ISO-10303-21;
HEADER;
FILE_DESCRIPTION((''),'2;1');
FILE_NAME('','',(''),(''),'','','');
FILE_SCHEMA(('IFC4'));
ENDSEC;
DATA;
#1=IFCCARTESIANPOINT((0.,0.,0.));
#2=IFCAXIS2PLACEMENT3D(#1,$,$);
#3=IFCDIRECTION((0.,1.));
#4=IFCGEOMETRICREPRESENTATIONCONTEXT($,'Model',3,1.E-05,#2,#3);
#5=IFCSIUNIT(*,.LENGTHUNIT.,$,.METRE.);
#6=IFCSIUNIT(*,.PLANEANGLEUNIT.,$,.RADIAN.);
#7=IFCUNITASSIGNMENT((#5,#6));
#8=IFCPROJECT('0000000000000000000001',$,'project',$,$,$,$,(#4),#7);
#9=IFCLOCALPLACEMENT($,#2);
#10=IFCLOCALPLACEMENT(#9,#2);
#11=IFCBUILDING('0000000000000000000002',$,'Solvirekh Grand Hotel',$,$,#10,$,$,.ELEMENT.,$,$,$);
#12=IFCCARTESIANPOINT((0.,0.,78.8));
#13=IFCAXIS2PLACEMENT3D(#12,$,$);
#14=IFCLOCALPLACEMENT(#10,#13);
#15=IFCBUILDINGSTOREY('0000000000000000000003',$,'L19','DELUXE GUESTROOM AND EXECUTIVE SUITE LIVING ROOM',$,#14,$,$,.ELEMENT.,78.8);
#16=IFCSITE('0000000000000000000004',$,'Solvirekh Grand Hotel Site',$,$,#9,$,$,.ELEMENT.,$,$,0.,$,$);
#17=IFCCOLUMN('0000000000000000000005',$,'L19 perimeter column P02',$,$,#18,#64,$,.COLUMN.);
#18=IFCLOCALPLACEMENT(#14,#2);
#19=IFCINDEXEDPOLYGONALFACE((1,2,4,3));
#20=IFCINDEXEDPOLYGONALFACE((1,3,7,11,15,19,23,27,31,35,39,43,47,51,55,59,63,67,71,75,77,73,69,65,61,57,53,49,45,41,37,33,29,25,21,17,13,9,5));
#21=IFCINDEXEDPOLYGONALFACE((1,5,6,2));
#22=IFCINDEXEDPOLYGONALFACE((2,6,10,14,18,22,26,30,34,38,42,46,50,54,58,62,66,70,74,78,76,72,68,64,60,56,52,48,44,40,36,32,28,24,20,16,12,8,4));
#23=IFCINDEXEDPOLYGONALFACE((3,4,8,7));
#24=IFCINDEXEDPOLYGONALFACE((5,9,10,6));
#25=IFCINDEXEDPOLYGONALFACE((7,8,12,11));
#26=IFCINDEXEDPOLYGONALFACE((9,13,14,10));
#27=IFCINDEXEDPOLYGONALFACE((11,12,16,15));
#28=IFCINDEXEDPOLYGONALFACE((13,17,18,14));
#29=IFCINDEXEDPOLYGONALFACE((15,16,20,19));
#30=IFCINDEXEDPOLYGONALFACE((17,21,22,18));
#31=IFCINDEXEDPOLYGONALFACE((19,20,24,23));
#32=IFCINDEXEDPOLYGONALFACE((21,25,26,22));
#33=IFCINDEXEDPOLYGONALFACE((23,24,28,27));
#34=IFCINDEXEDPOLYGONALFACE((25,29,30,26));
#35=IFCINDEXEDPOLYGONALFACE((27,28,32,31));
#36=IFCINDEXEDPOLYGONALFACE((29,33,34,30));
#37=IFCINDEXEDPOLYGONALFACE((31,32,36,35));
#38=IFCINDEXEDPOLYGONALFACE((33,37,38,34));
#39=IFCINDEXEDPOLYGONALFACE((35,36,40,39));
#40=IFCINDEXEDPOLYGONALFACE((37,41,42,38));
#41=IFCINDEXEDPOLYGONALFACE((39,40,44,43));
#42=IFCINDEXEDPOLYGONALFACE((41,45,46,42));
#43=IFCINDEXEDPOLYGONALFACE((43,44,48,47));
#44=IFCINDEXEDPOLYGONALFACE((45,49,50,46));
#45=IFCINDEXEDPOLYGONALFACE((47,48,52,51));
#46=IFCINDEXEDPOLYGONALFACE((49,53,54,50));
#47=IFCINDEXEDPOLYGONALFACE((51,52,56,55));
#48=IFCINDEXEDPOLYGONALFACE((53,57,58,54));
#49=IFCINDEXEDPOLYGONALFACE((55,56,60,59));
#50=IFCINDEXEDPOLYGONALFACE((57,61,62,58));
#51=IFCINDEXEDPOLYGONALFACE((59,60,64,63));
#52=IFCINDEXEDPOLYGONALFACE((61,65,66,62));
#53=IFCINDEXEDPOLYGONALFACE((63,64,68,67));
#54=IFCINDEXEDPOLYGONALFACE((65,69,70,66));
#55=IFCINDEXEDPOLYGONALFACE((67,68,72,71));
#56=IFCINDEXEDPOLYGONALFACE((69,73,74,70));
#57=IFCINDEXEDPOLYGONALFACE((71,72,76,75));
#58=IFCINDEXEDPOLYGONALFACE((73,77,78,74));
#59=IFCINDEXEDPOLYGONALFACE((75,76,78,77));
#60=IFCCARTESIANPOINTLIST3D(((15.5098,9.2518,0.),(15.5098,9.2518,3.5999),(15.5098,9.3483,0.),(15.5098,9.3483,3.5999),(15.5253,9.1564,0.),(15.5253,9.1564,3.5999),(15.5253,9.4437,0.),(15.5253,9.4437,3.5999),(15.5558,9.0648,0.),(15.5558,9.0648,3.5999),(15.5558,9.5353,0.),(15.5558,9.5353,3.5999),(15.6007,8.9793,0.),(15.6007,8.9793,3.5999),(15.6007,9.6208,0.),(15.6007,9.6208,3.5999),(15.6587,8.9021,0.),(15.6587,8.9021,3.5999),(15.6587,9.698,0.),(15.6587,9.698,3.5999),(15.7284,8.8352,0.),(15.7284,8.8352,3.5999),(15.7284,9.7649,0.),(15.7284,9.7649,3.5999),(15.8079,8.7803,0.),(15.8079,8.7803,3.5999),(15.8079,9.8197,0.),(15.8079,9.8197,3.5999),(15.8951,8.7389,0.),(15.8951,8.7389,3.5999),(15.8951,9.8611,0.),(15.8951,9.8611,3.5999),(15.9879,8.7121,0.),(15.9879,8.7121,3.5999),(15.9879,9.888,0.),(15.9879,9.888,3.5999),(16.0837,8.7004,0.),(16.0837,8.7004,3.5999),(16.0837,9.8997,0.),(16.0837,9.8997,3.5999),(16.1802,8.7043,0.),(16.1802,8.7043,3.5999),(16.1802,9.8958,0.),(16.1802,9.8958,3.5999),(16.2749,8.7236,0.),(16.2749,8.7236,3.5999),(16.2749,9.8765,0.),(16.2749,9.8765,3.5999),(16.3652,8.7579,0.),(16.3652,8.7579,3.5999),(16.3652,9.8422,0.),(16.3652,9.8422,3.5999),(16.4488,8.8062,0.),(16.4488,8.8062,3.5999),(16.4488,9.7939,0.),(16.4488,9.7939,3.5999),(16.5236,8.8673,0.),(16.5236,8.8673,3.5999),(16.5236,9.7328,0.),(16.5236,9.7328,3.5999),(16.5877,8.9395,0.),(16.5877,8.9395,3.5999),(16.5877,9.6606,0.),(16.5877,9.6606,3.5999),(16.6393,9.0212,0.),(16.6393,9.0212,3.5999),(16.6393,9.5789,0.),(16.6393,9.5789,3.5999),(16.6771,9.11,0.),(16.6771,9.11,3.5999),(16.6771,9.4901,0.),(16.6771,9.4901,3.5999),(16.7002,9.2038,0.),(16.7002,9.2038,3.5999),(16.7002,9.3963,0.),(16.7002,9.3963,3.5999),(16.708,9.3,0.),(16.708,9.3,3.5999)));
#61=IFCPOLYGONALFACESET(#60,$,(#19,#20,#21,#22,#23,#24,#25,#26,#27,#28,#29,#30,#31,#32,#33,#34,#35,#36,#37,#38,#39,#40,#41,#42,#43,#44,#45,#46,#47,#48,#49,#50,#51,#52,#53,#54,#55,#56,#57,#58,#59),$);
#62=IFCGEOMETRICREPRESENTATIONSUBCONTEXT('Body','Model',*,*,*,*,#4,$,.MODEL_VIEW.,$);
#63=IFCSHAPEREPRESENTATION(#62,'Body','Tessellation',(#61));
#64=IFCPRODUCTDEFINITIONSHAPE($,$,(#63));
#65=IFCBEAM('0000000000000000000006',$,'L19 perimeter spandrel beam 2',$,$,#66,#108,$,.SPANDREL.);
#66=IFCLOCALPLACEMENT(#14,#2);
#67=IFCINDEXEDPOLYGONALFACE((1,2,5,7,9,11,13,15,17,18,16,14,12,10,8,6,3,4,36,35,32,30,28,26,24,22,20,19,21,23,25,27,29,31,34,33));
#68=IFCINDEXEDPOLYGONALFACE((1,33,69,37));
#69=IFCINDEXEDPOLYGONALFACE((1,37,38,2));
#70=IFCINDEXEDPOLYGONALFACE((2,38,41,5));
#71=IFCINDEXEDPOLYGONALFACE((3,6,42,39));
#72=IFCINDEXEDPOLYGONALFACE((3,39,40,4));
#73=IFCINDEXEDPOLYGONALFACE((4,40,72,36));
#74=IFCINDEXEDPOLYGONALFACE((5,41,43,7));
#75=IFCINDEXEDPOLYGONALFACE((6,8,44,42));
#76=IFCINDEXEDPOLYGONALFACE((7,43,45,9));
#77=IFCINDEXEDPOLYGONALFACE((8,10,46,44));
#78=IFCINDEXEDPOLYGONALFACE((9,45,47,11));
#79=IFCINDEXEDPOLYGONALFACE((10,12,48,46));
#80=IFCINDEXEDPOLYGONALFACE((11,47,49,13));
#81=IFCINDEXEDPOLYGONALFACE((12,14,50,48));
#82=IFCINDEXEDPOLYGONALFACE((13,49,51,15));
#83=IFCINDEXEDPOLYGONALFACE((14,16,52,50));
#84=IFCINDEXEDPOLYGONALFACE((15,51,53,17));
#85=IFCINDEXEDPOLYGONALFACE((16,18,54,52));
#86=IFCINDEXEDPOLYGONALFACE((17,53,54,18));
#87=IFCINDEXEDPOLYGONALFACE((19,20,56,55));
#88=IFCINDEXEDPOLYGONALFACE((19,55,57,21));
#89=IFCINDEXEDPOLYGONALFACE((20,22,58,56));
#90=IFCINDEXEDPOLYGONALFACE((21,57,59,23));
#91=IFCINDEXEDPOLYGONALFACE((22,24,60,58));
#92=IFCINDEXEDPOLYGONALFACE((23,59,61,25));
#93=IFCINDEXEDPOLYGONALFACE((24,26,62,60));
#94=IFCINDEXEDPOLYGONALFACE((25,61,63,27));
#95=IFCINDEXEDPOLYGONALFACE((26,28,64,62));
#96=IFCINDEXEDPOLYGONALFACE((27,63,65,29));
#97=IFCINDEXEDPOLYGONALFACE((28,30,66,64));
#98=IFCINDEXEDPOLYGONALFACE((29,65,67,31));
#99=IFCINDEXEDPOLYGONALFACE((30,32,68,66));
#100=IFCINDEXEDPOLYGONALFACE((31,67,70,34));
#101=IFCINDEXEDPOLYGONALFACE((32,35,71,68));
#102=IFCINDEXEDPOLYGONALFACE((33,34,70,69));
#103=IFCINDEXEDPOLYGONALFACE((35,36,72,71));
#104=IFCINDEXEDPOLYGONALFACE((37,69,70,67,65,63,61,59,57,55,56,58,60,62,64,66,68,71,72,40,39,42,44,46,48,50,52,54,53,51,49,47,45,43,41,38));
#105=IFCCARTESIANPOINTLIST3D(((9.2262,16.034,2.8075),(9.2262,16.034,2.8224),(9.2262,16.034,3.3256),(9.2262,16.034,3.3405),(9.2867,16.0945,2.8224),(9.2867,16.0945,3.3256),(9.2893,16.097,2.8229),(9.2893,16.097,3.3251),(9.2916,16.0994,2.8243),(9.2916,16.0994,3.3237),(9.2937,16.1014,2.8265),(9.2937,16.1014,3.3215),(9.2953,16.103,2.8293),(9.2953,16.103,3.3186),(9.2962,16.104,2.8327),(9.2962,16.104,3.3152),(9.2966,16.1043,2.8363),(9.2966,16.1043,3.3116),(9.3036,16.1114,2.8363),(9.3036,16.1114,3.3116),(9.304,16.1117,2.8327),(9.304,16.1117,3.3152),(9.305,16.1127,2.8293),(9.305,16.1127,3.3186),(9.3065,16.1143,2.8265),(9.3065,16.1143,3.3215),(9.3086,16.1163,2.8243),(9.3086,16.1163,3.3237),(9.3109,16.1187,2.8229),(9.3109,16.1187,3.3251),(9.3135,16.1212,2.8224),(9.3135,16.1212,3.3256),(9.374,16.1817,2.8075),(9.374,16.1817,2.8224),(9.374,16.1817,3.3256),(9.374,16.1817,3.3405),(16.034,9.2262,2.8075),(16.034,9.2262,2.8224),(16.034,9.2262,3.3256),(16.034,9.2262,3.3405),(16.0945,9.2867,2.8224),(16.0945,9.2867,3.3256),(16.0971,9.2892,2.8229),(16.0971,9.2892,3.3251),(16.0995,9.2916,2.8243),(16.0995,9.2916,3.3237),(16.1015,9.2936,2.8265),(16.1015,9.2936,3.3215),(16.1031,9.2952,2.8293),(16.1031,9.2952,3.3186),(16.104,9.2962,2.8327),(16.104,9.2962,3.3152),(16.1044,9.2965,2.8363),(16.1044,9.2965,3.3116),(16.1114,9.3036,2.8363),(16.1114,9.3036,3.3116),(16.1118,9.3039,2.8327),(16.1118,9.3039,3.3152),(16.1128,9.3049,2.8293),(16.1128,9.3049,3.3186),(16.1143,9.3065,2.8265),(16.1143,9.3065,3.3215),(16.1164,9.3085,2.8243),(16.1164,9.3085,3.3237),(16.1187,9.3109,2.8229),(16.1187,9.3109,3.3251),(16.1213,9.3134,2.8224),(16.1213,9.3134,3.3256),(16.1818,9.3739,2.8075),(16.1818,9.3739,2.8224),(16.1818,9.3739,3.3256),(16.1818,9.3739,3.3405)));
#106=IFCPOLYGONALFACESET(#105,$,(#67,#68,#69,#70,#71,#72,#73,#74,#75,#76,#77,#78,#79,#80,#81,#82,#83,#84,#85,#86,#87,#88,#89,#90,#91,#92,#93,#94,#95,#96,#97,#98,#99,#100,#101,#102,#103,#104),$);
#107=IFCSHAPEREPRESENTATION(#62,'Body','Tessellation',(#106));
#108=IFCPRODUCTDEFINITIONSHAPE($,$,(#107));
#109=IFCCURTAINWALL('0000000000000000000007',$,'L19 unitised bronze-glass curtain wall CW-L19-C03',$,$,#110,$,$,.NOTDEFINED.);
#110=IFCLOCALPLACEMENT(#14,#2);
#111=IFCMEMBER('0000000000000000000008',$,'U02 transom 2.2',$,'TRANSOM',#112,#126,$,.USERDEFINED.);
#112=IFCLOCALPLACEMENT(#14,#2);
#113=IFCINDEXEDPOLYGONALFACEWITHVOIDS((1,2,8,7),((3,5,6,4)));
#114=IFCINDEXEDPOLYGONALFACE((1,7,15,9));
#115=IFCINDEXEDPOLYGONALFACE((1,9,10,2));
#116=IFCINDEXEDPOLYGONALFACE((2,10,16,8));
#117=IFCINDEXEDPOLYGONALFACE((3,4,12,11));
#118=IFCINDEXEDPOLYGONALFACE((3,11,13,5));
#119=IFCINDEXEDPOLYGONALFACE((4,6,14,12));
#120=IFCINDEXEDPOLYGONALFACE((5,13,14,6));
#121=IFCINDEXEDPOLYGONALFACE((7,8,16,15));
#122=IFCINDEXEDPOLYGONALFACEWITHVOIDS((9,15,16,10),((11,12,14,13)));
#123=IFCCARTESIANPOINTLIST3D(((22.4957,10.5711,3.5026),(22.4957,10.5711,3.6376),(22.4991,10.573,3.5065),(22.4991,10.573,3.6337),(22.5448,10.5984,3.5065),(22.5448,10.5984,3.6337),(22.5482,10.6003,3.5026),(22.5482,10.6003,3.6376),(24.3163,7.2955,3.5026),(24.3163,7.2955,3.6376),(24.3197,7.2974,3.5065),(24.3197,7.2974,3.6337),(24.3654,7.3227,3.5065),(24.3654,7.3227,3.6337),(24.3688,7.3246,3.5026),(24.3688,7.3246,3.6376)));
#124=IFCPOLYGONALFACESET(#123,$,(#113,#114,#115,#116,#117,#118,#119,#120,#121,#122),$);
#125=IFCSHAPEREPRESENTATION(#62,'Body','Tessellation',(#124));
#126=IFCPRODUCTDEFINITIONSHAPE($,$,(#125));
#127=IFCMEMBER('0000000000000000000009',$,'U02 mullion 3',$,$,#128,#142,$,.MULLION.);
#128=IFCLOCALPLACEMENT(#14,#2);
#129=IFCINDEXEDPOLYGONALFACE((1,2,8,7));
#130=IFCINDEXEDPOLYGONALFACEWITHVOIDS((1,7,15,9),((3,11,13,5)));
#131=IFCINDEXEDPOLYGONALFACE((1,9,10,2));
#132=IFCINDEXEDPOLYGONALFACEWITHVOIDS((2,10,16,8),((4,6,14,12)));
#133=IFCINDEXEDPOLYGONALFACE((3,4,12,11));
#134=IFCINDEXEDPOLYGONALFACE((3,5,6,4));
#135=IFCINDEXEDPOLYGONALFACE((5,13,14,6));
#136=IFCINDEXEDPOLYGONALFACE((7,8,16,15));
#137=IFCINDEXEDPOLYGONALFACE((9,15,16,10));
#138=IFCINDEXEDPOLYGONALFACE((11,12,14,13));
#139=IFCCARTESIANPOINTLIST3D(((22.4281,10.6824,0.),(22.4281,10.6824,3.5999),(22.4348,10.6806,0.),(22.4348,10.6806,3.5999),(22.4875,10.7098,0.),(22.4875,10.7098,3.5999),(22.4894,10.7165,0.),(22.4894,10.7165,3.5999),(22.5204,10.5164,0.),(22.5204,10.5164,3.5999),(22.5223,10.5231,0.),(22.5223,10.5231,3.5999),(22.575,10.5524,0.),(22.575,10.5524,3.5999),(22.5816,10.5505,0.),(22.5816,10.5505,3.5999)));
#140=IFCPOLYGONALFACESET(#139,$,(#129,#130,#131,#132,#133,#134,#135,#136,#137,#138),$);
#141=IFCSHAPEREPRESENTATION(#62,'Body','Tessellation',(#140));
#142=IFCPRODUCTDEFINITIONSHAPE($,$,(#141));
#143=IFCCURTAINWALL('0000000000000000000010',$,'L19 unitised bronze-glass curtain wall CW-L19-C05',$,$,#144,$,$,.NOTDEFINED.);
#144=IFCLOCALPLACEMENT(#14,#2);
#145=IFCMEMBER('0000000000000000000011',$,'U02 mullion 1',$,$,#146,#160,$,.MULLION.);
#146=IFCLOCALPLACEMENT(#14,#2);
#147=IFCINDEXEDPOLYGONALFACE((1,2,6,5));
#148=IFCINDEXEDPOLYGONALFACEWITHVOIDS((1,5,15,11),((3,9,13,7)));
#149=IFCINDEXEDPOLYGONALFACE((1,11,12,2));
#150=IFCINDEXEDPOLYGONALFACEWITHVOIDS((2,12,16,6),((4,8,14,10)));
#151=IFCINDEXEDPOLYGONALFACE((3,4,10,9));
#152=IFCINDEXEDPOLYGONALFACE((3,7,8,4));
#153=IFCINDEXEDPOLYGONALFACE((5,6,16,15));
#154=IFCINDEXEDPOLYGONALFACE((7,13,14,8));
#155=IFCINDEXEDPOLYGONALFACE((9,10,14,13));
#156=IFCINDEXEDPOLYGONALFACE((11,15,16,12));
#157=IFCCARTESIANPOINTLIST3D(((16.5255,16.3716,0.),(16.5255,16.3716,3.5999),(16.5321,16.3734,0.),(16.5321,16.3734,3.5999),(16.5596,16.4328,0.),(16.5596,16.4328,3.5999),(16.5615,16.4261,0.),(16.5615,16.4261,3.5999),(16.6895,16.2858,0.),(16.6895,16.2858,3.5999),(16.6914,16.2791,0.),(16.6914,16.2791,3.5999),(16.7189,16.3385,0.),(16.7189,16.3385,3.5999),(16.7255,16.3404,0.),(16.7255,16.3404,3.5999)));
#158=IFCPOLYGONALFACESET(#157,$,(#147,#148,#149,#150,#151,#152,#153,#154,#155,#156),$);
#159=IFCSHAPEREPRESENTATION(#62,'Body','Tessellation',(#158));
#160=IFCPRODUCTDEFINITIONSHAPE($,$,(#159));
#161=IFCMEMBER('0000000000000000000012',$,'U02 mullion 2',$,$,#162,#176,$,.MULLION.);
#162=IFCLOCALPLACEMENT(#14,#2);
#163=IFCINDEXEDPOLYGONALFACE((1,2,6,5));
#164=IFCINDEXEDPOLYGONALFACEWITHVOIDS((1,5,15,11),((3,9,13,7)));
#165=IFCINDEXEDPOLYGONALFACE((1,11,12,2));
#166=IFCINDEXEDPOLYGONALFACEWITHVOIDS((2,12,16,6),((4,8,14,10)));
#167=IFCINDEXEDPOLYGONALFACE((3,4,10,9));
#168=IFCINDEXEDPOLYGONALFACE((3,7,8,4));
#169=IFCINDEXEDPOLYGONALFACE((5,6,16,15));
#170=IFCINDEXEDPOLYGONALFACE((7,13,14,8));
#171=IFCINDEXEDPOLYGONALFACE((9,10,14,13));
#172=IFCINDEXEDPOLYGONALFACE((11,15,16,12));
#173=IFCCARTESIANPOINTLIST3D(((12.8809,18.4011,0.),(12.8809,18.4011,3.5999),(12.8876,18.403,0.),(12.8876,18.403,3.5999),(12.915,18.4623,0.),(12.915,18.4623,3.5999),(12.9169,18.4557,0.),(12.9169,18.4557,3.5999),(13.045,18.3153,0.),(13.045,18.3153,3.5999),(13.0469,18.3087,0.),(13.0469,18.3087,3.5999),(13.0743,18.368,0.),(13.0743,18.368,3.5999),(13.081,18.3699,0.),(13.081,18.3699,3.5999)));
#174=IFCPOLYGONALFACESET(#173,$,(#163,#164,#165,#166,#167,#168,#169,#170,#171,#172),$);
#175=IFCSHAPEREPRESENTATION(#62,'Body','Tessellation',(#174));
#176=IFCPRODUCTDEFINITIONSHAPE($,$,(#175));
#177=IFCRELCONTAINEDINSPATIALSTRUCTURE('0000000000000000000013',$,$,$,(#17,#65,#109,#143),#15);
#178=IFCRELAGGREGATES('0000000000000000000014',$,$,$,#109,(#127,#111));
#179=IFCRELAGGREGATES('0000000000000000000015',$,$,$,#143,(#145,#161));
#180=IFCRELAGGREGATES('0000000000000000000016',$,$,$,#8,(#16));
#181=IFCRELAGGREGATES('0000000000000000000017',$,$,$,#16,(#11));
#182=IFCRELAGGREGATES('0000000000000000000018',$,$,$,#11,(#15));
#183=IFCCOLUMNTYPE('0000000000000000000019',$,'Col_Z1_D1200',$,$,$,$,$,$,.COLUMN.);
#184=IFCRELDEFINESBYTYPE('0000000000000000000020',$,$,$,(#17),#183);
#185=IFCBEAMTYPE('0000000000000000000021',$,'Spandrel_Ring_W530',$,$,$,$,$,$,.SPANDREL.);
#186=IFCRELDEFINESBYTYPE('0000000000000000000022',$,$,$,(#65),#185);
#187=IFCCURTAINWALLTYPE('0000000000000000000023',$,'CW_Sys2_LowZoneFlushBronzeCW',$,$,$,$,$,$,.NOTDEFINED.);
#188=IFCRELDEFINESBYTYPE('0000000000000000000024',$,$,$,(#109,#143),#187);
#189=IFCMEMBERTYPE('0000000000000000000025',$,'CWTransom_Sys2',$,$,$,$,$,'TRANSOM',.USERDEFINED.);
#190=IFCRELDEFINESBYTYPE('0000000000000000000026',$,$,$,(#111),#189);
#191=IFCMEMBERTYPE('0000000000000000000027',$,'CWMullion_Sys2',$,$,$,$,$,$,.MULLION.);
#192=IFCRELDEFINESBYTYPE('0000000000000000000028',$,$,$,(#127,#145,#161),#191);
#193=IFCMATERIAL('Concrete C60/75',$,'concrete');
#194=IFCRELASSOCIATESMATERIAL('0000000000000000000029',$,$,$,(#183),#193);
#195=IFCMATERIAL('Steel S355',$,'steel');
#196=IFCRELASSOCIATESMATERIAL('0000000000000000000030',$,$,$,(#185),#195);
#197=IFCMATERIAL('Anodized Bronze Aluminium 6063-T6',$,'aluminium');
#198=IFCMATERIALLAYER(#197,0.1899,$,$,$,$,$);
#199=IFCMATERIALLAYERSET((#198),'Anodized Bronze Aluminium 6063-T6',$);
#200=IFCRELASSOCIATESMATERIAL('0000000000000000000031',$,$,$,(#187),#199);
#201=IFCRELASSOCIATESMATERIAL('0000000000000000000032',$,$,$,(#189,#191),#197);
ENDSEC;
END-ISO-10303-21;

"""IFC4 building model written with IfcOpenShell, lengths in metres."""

from ifc_helpers import new_model, si_unit, direction, frame, origin, origin_2d, place, context, subcontext, project, spatial, hollow_rectangle, circle, i_section, extrude, source, transform, mapped, material, layer, layer_set, material_profile, profile_set, type_object, element, aggregate, save


model = new_model("IFC4")

# Units and contexts
model_context = context("Model", 3, precision=1e-05, world=origin(), true_north=direction((0.0, 1.0)))
body_context = subcontext(model_context, "Body", "Model", "MODEL_VIEW")
ifc_project = project(units=[si_unit("LENGTHUNIT", "METRE"), si_unit("PLANEANGLEUNIT", "RADIAN")], contexts=[model_context])

# Site, building, storey
site_placement = place(None, origin())
site = spatial("IfcSite", under=ifc_project, at=site_placement, Name="Solvirekh Grand Hotel Site", CompositionType="ELEMENT", RefElevation=0.0)
building_placement = place(site_placement, origin())
building = spatial("IfcBuilding", under=site, at=building_placement, Name="Solvirekh Grand Hotel", CompositionType="ELEMENT")
storey_placement = place(building_placement, frame((0.0, 0.0, 78.8)))
storey = spatial("IfcBuildingStorey", under=building, at=storey_placement, Name="L19", Description="DELUXE GUESTROOM AND EXECUTIVE SUITE LIVING ROOM", CompositionType="ELEMENT", Elevation=78.8)

# Column
ifc_material_1 = material(Name="Concrete C60/75", Category="concrete")
ifc_material_profile_1 = material_profile(ifc_material_1, circle(Radius=0.6001, at=origin_2d()), Name="RC CIRC D1200")
ifc_profile_set_1 = profile_set([ifc_material_profile_1], Name="Concrete C60/75")
column_type = type_object("IfcColumnType", Name="Col_Z1_D1200", PredefinedType="COLUMN", material=ifc_profile_set_1)
column_placement = place(storey_placement, frame((16.1079, 9.3, 0.0), z_axis=(0.0, 0.0, 1.0), x_axis=(1.0, 0.0, 0.0)))
element("IfcColumn", 1, at=column_placement, inside=storey, type_object=column_type, Name="L19 perimeter column P02", PredefinedType="COLUMN", context=body_context, shape_type="SweptSolid", body=[
    extrude(circle(Radius=0.6001, at=origin_2d()), origin(), (0.0, 0.0, 1.0), 3.5999),
])

# Beam
ifc_material_2 = material(Name="Steel S355", Category="steel")
ifc_material_profile_2 = material_profile(ifc_material_2, i_section(OverallWidth=0.209, OverallDepth=0.533, WebThickness=0.01, FlangeThickness=0.0149, FilletRadius=0.0139, at=origin_2d()), Name="W530X92")
ifc_profile_set_2 = profile_set([ifc_material_profile_2], Name="Steel S355")
beam_type = type_object("IfcBeamType", Name="Spandrel_Ring_W530", PredefinedType="SPANDREL", material=ifc_profile_set_2)
beam_placement = place(storey_placement, frame((16.1079, 9.3, 3.074), z_axis=(-0.707107, 0.707107, 0.0), x_axis=(-0.707107, -0.707107, 0.0)))
element("IfcBeam", 2, at=beam_placement, inside=storey, type_object=beam_type, Name="L19 perimeter spandrel beam 2", PredefinedType="SPANDREL", context=body_context, shape_type="SweptSolid", body=[
    extrude(i_section(OverallWidth=0.209, OverallDepth=0.533, WebThickness=0.01, FlangeThickness=0.0149, FilletRadius=0.0139, at=origin_2d()), origin(), (0.0, 0.0, 1.0), 9.6277),
])

# Curtain walls, members
ifc_material_3 = material(Name="Anodized Bronze Aluminium 6063-T6", Category="aluminium")
ifc_layer_1 = layer(ifc_material_3, 0.1899)
ifc_layer_set_1 = layer_set([ifc_layer_1], Name="Anodized Bronze Aluminium 6063-T6")
curtain_wall_type = type_object("IfcCurtainWallType", Name="CW_Sys2_LowZoneFlushBronzeCW", PredefinedType="NOTDEFINED", material=ifc_layer_set_1)
curtain_wall_1_placement = place(storey_placement, origin())
curtain_wall_1 = element("IfcCurtainWall", 3, at=curtain_wall_1_placement, inside=storey, type_object=curtain_wall_type, Name="L19 unitised bronze-glass curtain wall CW-L19-C03", PredefinedType="NOTDEFINED")
ifc_material_profile_3 = material_profile(ifc_material_3, hollow_rectangle(XDim=0.0601, YDim=0.135, WallThickness=0.0039, at=origin_2d()), Name="ALU RHS 135X60X4")
ifc_profile_set_3 = profile_set([ifc_material_profile_3], Name="Anodized Bronze Aluminium 6063-T6")
member_type_1 = type_object("IfcMemberType", Name="CWTransom_Sys2", ElementType="TRANSOM", PredefinedType="USERDEFINED", material=ifc_profile_set_3)
shared_shape_1 = source(origin(), body_context, "Body", "SweptSolid", [
    extrude(hollow_rectangle(XDim=0.0601, YDim=0.135, WallThickness=0.0039, at=origin_2d()), origin(), (0.0, 0.0, 1.0), 3.7476),
])
member_1_placement = place(storey_placement, frame((24.3425, 7.3101, 3.5701), z_axis=(-0.485798, 0.874071, 0.0), x_axis=(-0.874071, -0.485798, 0.0)))
member_1 = element("IfcMember", 4, at=member_1_placement, type_object=member_type_1, Name="U02 transom 2.2", ObjectType="TRANSOM", PredefinedType="USERDEFINED", context=body_context, shape_type="MappedRepresentation", body=[
    mapped(shared_shape_1, transform((0.0, 0.0, 0.0), x_axis=(1.0, 0.0, 0.0), y_axis=(0.0, 1.0, 0.0), z_axis=(0.0, 0.0, 1.0), scale=1.0)),
])
ifc_material_profile_4 = material_profile(ifc_material_3, hollow_rectangle(XDim=0.0701, YDim=0.1899, WallThickness=0.0049, at=origin_2d()), Name="ALU RHS 190X70X5")
ifc_profile_set_4 = profile_set([ifc_material_profile_4], Name="Anodized Bronze Aluminium 6063-T6")
member_type_2 = type_object("IfcMemberType", Name="CWMullion_Sys2", PredefinedType="MULLION", material=ifc_profile_set_4)
shared_shape_2 = source(origin(), body_context, "Body", "SweptSolid", [
    extrude(hollow_rectangle(XDim=0.0701, YDim=0.1899, WallThickness=0.0049, at=origin_2d()), origin(), (0.0, 0.0, 1.0), 3.5999),
])
member_2_placement = place(storey_placement, frame((22.5049, 10.6165, 0.0), z_axis=(0.0, 0.0, 1.0), x_axis=(-0.874084, -0.485775, 0.0)))
member_2 = element("IfcMember", 5, at=member_2_placement, type_object=member_type_2, Name="U02 mullion 3", PredefinedType="MULLION", context=body_context, shape_type="MappedRepresentation", body=[
    mapped(shared_shape_2, transform((0.0, 0.0, 0.0), x_axis=(1.0, 0.0, 0.0), y_axis=(0.0, 1.0, 0.0), z_axis=(0.0, 0.0, 1.0), scale=1.0)),
])
curtain_wall_2_placement = place(storey_placement, origin())
curtain_wall_2 = element("IfcCurtainWall", 6, at=curtain_wall_2_placement, inside=storey, type_object=curtain_wall_type, Name="L19 unitised bronze-glass curtain wall CW-L19-C05", PredefinedType="NOTDEFINED")
member_3_placement = place(storey_placement, frame((16.6255, 16.356, 0.0), z_axis=(0.0, 0.0, 1.0), x_axis=(-0.486521, -0.873669, 0.0)))
member_3 = element("IfcMember", 7, at=member_3_placement, type_object=member_type_2, Name="U02 mullion 1", PredefinedType="MULLION", context=body_context, shape_type="MappedRepresentation", body=[
    mapped(shared_shape_2, transform((0.0, 0.0, 0.0), x_axis=(1.0, 0.0, 0.0), y_axis=(0.0, 1.0, 0.0), z_axis=(0.0, 0.0, 1.0), scale=1.0)),
])
member_4_placement = place(storey_placement, frame((12.981, 18.3855, 0.0), z_axis=(0.0, 0.0, 1.0), x_axis=(-0.486521, -0.873669, 0.0)))
member_4 = element("IfcMember", 8, at=member_4_placement, type_object=member_type_2, Name="U02 mullion 2", PredefinedType="MULLION", context=body_context, shape_type="MappedRepresentation", body=[
    mapped(shared_shape_2, transform((0.0, 0.0, 0.0), x_axis=(1.0, 0.0, 0.0), y_axis=(0.0, 1.0, 0.0), z_axis=(0.0, 0.0, 1.0), scale=1.0)),
])

aggregate(curtain_wall_1, [member_2, member_1])
aggregate(curtain_wall_2, [member_3, member_4])

save(model, "model.ifc")
